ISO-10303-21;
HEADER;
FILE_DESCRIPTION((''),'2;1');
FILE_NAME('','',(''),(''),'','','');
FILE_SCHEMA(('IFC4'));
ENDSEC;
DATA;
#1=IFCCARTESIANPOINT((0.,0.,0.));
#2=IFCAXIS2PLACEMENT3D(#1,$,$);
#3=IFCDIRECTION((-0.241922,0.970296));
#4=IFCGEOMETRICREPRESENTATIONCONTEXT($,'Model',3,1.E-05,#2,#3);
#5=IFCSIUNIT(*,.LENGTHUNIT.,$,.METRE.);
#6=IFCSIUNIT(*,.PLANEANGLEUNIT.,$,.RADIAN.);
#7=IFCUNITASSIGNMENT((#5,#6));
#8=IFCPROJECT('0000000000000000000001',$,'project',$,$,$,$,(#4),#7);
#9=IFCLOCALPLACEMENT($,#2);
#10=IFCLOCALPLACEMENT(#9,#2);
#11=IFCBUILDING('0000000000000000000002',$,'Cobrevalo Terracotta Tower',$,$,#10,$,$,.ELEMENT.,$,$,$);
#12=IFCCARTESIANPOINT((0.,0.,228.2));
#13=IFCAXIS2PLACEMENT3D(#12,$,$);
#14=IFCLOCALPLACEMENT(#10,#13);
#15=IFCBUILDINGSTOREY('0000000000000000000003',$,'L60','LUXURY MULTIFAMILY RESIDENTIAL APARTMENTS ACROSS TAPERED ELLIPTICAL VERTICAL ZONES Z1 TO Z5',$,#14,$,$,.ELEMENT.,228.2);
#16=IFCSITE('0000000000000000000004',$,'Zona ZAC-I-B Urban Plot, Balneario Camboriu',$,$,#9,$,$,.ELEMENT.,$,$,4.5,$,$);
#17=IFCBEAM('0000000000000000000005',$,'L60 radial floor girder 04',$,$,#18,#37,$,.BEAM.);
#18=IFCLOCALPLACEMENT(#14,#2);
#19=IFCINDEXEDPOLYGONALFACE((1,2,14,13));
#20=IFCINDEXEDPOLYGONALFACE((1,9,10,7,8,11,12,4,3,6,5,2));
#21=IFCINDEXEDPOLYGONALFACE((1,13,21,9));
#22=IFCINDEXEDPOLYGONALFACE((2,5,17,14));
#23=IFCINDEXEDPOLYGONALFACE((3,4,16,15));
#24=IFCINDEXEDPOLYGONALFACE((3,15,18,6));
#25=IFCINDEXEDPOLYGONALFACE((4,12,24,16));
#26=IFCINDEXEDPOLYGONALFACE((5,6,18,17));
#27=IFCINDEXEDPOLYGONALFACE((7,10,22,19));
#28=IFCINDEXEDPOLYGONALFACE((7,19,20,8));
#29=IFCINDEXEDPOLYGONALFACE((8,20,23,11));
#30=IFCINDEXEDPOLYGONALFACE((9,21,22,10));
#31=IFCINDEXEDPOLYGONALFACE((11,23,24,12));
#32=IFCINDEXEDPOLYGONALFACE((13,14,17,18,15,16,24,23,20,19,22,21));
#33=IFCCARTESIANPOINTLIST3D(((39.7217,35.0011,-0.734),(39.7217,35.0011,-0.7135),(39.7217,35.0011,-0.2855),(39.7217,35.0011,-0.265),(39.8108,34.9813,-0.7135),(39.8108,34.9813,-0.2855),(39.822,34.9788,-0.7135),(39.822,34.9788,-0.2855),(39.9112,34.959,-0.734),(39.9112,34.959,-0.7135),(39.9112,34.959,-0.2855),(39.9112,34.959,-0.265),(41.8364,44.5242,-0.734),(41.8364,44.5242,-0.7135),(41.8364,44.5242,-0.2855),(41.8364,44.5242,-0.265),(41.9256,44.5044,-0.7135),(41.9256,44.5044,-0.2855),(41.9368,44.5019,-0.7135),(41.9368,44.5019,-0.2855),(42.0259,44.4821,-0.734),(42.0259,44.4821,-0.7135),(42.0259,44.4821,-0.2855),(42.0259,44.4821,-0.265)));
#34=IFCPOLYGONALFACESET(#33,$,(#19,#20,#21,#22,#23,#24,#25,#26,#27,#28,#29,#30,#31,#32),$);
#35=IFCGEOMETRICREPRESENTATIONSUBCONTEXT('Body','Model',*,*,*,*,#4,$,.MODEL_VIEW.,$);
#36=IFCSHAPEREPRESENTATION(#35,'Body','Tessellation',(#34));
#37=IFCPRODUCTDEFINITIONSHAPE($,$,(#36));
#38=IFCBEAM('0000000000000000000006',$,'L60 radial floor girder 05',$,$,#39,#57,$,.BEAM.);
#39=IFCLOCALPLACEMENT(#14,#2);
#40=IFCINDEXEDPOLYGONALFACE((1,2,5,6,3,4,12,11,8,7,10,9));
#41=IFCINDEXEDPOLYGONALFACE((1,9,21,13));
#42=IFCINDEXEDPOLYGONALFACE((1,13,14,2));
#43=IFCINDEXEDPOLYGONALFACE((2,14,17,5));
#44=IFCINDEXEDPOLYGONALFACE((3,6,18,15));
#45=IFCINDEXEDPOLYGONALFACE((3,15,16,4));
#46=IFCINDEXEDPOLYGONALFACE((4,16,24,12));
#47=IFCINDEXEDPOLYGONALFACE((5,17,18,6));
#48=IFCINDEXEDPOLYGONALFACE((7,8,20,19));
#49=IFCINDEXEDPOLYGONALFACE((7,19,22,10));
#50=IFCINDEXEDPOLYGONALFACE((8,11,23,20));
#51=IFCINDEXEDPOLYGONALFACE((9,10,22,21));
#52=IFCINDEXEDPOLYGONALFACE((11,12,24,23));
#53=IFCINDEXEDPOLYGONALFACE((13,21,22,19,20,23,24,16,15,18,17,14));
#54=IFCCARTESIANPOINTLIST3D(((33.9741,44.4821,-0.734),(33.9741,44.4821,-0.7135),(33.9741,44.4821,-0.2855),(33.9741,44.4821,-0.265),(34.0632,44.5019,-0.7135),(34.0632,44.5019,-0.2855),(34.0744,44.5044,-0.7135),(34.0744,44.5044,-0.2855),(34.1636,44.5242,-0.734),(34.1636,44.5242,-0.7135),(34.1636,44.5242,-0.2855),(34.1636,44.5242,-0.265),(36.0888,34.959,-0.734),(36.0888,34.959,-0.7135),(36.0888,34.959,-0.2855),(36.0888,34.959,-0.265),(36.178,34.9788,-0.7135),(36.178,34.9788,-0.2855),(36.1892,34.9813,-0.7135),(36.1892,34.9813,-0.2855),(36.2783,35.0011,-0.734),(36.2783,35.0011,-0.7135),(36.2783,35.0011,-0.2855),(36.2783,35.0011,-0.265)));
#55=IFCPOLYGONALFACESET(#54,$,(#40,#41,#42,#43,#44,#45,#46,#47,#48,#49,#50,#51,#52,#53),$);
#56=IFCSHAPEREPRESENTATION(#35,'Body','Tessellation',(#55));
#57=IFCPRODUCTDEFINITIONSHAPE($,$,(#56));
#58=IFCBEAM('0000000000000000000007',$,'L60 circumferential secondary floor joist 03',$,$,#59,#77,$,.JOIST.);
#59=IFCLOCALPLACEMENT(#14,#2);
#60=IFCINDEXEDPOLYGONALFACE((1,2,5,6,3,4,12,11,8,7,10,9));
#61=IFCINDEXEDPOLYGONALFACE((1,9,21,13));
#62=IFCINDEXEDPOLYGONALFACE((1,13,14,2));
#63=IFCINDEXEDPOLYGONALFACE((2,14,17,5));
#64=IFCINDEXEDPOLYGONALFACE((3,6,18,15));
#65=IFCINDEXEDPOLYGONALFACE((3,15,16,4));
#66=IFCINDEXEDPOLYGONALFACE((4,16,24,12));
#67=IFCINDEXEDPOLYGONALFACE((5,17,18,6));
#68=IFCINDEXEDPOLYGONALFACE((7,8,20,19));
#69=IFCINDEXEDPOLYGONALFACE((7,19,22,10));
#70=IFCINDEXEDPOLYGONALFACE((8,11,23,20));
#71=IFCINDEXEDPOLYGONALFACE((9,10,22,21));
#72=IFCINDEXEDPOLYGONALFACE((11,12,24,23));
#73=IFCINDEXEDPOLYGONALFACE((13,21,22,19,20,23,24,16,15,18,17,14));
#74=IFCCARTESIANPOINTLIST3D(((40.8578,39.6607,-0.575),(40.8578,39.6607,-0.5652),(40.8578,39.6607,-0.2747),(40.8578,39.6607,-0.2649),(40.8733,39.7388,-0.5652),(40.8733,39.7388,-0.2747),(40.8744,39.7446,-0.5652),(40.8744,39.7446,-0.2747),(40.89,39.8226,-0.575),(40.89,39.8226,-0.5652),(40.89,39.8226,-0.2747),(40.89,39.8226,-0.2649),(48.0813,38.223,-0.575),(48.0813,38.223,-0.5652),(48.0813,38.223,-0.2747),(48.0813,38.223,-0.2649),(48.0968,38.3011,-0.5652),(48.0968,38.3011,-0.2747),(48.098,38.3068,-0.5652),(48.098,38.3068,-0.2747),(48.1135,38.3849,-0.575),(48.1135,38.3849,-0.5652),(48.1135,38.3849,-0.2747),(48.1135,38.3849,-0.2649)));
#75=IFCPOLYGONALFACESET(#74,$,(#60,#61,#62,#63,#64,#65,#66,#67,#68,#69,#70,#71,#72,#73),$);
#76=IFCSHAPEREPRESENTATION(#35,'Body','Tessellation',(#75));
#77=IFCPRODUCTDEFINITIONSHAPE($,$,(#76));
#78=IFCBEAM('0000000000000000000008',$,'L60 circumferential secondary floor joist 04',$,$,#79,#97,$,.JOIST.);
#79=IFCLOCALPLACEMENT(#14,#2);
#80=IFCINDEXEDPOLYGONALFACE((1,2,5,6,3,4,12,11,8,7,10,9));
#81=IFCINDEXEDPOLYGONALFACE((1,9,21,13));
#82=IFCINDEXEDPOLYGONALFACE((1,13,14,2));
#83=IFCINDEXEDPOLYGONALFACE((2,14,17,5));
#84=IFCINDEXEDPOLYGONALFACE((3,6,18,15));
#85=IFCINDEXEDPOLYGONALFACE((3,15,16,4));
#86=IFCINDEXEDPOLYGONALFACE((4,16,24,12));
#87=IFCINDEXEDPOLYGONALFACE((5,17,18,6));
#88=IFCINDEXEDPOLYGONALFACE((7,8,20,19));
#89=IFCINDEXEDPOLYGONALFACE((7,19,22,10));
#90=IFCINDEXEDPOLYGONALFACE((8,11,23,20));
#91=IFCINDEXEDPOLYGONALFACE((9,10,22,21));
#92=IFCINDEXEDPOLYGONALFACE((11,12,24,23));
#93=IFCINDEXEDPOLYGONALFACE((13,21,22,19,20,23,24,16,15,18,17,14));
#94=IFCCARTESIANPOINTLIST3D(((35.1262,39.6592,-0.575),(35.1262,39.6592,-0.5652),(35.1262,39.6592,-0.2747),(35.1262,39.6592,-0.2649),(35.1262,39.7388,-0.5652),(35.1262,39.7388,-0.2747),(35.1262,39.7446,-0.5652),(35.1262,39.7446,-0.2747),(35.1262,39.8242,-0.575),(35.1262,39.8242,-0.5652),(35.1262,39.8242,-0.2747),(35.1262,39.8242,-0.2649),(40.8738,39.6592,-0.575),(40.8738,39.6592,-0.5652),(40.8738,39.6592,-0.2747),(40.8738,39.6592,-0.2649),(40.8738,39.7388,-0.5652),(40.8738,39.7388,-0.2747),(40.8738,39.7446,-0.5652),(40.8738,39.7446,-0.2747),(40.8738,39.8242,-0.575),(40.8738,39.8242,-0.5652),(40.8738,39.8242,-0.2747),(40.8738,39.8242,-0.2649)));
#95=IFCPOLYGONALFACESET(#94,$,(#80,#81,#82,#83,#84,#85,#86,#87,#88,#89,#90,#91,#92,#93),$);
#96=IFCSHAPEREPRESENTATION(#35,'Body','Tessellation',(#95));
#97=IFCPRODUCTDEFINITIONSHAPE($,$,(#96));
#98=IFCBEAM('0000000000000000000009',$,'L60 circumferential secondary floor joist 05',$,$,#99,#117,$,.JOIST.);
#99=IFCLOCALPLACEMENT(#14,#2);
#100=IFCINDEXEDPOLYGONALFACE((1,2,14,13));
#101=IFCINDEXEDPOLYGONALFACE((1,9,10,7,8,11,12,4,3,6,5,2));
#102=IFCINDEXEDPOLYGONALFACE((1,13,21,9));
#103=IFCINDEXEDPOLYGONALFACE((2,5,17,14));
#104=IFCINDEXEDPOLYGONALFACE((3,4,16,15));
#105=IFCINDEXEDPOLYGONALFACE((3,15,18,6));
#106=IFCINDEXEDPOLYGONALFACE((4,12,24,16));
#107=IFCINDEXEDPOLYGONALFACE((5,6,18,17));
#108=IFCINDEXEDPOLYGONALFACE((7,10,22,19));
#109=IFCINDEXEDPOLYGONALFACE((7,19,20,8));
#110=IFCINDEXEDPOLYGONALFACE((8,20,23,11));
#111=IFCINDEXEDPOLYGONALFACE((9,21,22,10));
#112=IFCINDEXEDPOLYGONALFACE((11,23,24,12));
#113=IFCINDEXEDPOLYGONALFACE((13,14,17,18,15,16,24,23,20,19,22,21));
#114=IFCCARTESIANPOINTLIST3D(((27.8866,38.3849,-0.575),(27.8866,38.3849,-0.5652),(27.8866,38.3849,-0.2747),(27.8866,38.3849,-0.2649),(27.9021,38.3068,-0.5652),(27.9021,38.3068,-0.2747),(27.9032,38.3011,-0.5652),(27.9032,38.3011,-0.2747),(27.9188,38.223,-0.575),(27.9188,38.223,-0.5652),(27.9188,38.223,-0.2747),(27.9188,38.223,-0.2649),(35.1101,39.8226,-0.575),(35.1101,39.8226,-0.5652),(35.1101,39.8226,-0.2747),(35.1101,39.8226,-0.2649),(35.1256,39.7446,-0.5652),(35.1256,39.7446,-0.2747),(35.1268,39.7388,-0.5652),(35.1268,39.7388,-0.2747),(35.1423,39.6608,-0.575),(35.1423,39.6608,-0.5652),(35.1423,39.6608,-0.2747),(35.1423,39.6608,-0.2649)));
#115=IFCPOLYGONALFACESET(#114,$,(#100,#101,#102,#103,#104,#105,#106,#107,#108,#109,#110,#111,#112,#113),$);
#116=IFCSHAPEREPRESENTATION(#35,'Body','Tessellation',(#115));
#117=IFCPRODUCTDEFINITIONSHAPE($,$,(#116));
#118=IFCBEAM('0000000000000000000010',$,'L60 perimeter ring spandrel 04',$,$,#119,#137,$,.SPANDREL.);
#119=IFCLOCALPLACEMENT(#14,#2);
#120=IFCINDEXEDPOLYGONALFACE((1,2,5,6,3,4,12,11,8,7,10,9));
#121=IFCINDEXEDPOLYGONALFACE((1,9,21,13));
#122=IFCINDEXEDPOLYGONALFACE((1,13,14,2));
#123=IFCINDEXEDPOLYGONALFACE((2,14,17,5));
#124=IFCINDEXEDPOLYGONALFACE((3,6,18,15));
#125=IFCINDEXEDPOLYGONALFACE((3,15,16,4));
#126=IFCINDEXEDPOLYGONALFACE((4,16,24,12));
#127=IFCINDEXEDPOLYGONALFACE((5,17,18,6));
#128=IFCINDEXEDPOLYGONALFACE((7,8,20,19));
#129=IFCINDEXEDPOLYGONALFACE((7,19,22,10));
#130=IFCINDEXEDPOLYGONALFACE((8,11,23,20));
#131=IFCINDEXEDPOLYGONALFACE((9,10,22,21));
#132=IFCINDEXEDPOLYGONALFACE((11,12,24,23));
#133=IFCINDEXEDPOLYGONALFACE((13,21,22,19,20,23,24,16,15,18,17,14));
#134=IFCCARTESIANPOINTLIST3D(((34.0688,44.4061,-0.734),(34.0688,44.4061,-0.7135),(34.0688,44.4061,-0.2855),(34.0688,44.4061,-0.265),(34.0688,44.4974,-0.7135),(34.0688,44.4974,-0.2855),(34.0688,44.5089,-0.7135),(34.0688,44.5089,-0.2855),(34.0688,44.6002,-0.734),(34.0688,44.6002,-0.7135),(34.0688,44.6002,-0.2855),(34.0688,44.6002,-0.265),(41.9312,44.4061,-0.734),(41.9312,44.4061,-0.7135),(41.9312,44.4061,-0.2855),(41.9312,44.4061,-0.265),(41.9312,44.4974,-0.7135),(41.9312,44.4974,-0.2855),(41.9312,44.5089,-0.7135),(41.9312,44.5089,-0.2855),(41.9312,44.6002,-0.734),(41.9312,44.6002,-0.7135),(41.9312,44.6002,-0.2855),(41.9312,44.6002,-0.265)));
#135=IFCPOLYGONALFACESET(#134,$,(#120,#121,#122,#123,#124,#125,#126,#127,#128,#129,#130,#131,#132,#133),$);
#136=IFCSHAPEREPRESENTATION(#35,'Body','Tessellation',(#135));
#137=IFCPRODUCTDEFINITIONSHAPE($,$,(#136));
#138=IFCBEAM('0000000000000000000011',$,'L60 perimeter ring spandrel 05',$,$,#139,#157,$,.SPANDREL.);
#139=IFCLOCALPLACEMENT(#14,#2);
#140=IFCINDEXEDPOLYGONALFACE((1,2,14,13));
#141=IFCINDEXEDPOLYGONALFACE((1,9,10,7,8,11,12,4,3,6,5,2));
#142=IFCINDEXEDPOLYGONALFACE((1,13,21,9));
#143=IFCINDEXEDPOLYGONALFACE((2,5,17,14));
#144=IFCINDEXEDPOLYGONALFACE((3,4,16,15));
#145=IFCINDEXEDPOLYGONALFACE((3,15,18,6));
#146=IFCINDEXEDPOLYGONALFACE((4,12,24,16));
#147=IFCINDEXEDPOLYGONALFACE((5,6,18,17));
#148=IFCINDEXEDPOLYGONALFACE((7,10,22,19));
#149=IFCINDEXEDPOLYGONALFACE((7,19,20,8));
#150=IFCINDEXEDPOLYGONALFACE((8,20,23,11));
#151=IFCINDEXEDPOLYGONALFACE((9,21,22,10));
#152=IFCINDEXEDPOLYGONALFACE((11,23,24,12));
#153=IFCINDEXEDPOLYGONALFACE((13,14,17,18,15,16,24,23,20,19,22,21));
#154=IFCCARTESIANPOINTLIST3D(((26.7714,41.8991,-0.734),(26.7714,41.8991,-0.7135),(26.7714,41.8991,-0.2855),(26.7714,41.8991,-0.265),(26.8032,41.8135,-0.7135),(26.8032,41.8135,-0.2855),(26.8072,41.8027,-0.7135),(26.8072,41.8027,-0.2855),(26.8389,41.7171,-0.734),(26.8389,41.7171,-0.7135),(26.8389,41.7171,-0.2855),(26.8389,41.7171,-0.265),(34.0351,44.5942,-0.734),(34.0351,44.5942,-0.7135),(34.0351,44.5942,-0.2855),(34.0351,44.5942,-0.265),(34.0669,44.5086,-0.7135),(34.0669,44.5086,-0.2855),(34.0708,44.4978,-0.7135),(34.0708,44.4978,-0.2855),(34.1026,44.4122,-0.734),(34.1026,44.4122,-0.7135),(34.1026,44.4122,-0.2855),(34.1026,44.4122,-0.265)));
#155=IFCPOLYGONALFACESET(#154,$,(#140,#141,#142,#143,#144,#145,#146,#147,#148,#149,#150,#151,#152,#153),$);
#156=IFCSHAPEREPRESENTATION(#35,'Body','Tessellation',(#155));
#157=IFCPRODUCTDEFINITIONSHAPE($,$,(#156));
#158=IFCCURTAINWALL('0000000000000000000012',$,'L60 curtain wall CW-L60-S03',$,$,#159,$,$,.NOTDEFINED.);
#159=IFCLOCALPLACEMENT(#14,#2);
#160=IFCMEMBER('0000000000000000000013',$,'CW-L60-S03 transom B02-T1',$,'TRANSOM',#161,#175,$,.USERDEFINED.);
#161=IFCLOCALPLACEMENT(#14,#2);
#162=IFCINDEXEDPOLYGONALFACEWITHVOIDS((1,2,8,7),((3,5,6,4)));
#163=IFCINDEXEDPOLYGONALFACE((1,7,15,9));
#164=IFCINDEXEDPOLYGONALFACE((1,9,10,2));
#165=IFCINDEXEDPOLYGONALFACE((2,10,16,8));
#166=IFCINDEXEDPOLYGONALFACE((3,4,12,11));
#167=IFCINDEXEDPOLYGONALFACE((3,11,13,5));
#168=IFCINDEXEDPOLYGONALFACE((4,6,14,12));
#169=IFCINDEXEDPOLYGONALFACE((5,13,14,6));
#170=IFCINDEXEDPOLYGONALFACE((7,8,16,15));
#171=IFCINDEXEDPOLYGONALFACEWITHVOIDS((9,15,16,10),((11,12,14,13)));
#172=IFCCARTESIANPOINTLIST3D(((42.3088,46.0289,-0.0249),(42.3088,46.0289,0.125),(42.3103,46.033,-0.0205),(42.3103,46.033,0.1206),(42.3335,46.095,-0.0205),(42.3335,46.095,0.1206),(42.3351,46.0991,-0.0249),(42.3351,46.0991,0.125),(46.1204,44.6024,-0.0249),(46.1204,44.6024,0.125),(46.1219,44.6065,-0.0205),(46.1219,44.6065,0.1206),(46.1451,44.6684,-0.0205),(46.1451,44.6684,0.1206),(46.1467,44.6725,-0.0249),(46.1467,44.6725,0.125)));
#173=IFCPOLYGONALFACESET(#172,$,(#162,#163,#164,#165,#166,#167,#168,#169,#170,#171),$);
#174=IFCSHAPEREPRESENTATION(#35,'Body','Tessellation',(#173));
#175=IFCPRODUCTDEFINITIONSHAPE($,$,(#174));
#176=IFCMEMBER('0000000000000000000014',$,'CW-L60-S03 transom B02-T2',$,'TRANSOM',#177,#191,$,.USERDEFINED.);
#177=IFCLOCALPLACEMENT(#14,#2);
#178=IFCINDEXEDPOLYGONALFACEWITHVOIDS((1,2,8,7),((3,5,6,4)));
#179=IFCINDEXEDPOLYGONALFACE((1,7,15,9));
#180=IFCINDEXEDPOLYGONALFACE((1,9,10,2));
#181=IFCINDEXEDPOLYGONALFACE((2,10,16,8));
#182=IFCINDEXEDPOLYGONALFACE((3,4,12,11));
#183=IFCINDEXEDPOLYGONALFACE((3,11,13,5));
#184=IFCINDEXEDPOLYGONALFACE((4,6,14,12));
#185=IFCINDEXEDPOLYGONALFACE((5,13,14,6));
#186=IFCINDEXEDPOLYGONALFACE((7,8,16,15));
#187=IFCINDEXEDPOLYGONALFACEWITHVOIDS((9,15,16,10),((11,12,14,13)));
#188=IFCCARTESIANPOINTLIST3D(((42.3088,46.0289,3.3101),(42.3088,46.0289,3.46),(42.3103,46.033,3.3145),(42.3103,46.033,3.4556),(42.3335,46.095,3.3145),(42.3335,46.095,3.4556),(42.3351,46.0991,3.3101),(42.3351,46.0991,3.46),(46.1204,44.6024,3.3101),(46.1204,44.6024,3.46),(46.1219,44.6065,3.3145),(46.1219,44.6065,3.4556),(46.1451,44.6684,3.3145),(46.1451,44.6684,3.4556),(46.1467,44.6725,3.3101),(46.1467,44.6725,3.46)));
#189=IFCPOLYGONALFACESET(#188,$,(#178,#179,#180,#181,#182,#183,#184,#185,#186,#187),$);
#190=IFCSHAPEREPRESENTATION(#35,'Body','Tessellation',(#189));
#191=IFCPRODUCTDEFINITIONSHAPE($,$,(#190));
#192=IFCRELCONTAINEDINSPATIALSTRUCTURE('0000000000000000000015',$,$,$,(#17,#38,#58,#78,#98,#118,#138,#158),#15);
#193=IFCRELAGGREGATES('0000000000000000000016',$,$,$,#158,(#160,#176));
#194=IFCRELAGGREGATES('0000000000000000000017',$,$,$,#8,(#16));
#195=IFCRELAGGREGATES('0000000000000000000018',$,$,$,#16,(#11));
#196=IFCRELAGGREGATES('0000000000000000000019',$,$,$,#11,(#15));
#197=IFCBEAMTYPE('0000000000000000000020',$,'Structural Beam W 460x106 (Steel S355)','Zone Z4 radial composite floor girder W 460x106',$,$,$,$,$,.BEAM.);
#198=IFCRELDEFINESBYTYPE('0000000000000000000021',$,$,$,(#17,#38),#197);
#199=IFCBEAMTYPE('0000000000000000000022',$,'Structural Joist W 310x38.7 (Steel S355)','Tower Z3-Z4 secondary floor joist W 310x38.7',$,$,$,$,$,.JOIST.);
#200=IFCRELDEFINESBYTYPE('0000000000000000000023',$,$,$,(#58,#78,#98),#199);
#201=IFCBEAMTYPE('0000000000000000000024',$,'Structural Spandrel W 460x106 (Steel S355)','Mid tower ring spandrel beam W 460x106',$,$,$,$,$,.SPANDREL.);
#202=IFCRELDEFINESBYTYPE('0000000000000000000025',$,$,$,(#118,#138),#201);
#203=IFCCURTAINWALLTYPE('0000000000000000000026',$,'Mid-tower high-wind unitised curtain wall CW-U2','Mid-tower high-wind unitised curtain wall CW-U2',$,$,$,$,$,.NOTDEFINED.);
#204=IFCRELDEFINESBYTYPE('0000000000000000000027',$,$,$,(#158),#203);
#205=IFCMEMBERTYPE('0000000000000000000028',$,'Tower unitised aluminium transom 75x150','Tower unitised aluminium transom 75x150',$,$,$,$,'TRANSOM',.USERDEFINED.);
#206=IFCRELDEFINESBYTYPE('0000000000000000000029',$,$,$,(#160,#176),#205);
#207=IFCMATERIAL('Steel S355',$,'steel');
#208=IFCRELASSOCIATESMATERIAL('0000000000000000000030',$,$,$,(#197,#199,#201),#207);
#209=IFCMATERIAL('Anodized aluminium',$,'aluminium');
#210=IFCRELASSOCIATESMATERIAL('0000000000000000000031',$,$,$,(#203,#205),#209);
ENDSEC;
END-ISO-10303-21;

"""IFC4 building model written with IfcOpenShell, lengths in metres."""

from ifc_helpers import new_model, si_unit, direction, frame, origin, origin_2d, place, context, subcontext, project, spatial, hollow_rectangle, i_section, extrude, source, transform, mapped, material, material_profile, profile_set, type_object, element, aggregate, save


model = new_model("IFC4")

# Units and contexts
model_context = context("Model", 3, precision=1e-05, world=origin(), true_north=direction((-0.241922, 0.970296)))
body_context = subcontext(model_context, "Body", "Model", "MODEL_VIEW")
ifc_project = project(units=[si_unit("LENGTHUNIT", "METRE"), si_unit("PLANEANGLEUNIT", "RADIAN")], contexts=[model_context])

# Site, building, storey
site_placement = place(None, origin())
site = spatial("IfcSite", under=ifc_project, at=site_placement, Name="Zona ZAC-I-B Urban Plot, Balneario Camboriu", CompositionType="ELEMENT", RefElevation=4.5)
building_placement = place(site_placement, origin())
building = spatial("IfcBuilding", under=site, at=building_placement, Name="Cobrevalo Terracotta Tower", CompositionType="ELEMENT")
storey_placement = place(building_placement, frame((0.0, 0.0, 228.2)))
storey = spatial("IfcBuildingStorey", under=building, at=storey_placement, Name="L60", Description="LUXURY MULTIFAMILY RESIDENTIAL APARTMENTS ACROSS TAPERED ELLIPTICAL VERTICAL ZONES Z1 TO Z5", CompositionType="ELEMENT", Elevation=228.2)

# Shared definitions
ifc_material_1 = material(Name="Steel S355", Category="steel")

# Beams
ifc_material_profile_1 = material_profile(ifc_material_1, i_section(OverallWidth=0.1941, OverallDepth=0.469, WebThickness=0.0115, FlangeThickness=0.0205, at=origin_2d()), Name="W 460x106")
ifc_profile_set_1 = profile_set([ifc_material_profile_1], Name="Steel S355")
beam_type_1 = type_object("IfcBeamType", Name="Structural Beam W 460x106 (Steel S355)", Description="Zone Z4 radial composite floor girder W 460x106", PredefinedType="BEAM", material=ifc_profile_set_1)
for number, where, z_axis, x_axis, name in (
    (1, (41.9312, 44.5032, -0.4995), (-0.216782, -0.97622, 0.0), (0.97622, -0.216782, 0.0), "L60 radial floor girder 04"),
    (2, (34.0688, 44.5032, -0.4995), (0.216782, -0.97622, 0.0), (0.97622, 0.216782, 0.0), "L60 radial floor girder 05"),
):
    element("IfcBeam", number, at=place(storey_placement, frame(where, z_axis=z_axis, x_axis=x_axis)), inside=storey, type_object=beam_type_1, Name=name, PredefinedType="BEAM", context=body_context, shape_type="SweptSolid", body=[
        extrude(i_section(OverallWidth=0.1941, OverallDepth=0.469, WebThickness=0.0115, FlangeThickness=0.0205, at=origin_2d()), origin(), (0.0, 0.0, 1.0), 9.7551),
    ])
ifc_material_profile_2 = material_profile(ifc_material_1, i_section(OverallWidth=0.165, OverallDepth=0.3101, WebThickness=0.0059, FlangeThickness=0.0098, at=origin_2d()), Name="W 310x38.7")
ifc_profile_set_2 = profile_set([ifc_material_profile_2], Name="Steel S355")
beam_type_2 = type_object("IfcBeamType", Name="Structural Joist W 310x38.7 (Steel S355)", Description="Tower Z3-Z4 secondary floor joist W 310x38.7", PredefinedType="JOIST", material=ifc_profile_set_2)
beam_1_placement = place(storey_placement, frame((48.0974, 38.304, -0.4199), z_axis=(-0.980763, 0.195204, 0.0), x_axis=(-0.195204, -0.980763, 0.0)))
element("IfcBeam", 3, at=beam_1_placement, inside=storey, type_object=beam_type_2, Name="L60 circumferential secondary floor joist 03", PredefinedType="JOIST", context=body_context, shape_type="SweptSolid", body=[
    extrude(i_section(OverallWidth=0.165, OverallDepth=0.3101, WebThickness=0.0059, FlangeThickness=0.0098, at=origin_2d()), origin(), (0.0, 0.0, 1.0), 7.3652),
])
beam_2_placement = place(storey_placement, frame((40.8738, 39.7417, -0.4199), z_axis=(-1.0, 0.0, 0.0), x_axis=(0.0, -1.0, 0.0)))
element("IfcBeam", 4, at=beam_2_placement, inside=storey, type_object=beam_type_2, Name="L60 circumferential secondary floor joist 04", PredefinedType="JOIST", context=body_context, shape_type="SweptSolid", body=[
    extrude(i_section(OverallWidth=0.165, OverallDepth=0.3101, WebThickness=0.0059, FlangeThickness=0.0098, at=origin_2d()), origin(), (0.0, 0.0, 1.0), 5.7476),
])
beam_3_placement = place(storey_placement, frame((35.1262, 39.7417, -0.4199), z_axis=(-0.980763, -0.195204, 0.0), x_axis=(0.195204, -0.980763, 0.0)))
element("IfcBeam", 5, at=beam_3_placement, inside=storey, type_object=beam_type_2, Name="L60 circumferential secondary floor joist 05", PredefinedType="JOIST", context=body_context, shape_type="SweptSolid", body=[
    extrude(i_section(OverallWidth=0.165, OverallDepth=0.3101, WebThickness=0.0059, FlangeThickness=0.0098, at=origin_2d()), origin(), (0.0, 0.0, 1.0), 7.3652),
])
ifc_material_profile_3 = material_profile(ifc_material_1, i_section(OverallWidth=0.1941, OverallDepth=0.469, WebThickness=0.0115, FlangeThickness=0.0205, at=origin_2d()), Name="W 460x106")
ifc_profile_set_3 = profile_set([ifc_material_profile_3], Name="Steel S355")
beam_type_3 = type_object("IfcBeamType", Name="Structural Spandrel W 460x106 (Steel S355)", Description="Mid tower ring spandrel beam W 460x106", PredefinedType="SPANDREL", material=ifc_profile_set_3)
beam_4_placement = place(storey_placement, frame((41.9312, 44.5032, -0.4995), z_axis=(-1.0, 0.0, 0.0), x_axis=(0.0, -1.0, 0.0)))
element("IfcBeam", 6, at=beam_4_placement, inside=storey, type_object=beam_type_3, Name="L60 perimeter ring spandrel 04", PredefinedType="SPANDREL", context=body_context, shape_type="SweptSolid", body=[
    extrude(i_section(OverallWidth=0.1941, OverallDepth=0.469, WebThickness=0.0115, FlangeThickness=0.0205, at=origin_2d()), origin(), (0.0, 0.0, 1.0), 7.8623),
])
beam_5_placement = place(storey_placement, frame((34.0688, 44.5032, -0.4995), z_axis=(-0.937546, -0.347861, 0.0), x_axis=(0.347861, -0.937546, 0.0)))
element("IfcBeam", 7, at=beam_5_placement, inside=storey, type_object=beam_type_3, Name="L60 perimeter ring spandrel 05", PredefinedType="SPANDREL", context=body_context, shape_type="SweptSolid", body=[
    extrude(i_section(OverallWidth=0.1941, OverallDepth=0.469, WebThickness=0.0115, FlangeThickness=0.0205, at=origin_2d()), origin(), (0.0, 0.0, 1.0), 7.7476),
])

# Curtain wall, members
ifc_material_2 = material(Name="Anodized aluminium", Category="aluminium")
curtain_wall_type = type_object("IfcCurtainWallType", Name="Mid-tower high-wind unitised curtain wall CW-U2", Description="Mid-tower high-wind unitised curtain wall CW-U2", PredefinedType="NOTDEFINED", material=ifc_material_2)
curtain_wall_placement = place(storey_placement, origin())
curtain_wall = element("IfcCurtainWall", 8, at=curtain_wall_placement, inside=storey, type_object=curtain_wall_type, Name="L60 curtain wall CW-L60-S03", PredefinedType="NOTDEFINED")
ifc_material_profile_4 = material_profile(ifc_material_2, hollow_rectangle(XDim=0.075, YDim=0.1499, WallThickness=0.0044, at=origin_2d()), Name="CWT 75x150")
ifc_profile_set_4 = profile_set([ifc_material_profile_4], Name="Anodized aluminium")
member_type_1 = type_object("IfcMemberType", Name="Tower unitised aluminium transom 75x150", Description="Tower unitised aluminium transom 75x150", ElementType="TRANSOM", PredefinedType="USERDEFINED", material=ifc_profile_set_4)
shared_shape_1 = source(origin(), body_context, "Body", "SweptSolid", [
    extrude(hollow_rectangle(XDim=0.075, YDim=0.1499, WallThickness=0.0044, at=origin_2d()), origin(), (0.0, 0.0, 1.0), 4.0698),
])
member_1_placement = place(storey_placement, frame((46.1335, 44.6375, 0.05), z_axis=(-0.936556, 0.350519, 0.0), x_axis=(-0.350519, -0.936556, 0.0)))
member_1 = element("IfcMember", 9, at=member_1_placement, type_object=member_type_1, Name="CW-L60-S03 transom B02-T1", ObjectType="TRANSOM", PredefinedType="USERDEFINED", context=body_context, shape_type="MappedRepresentation", body=[
    mapped(shared_shape_1, transform((0.0, 0.0, 0.0), scale=1.0)),
])
member_2_placement = place(storey_placement, frame((46.1335, 44.6375, 3.385), z_axis=(-0.936556, 0.350519, 0.0), x_axis=(-0.350519, -0.936556, 0.0)))
member_2 = element("IfcMember", 10, at=member_2_placement, type_object=member_type_1, Name="CW-L60-S03 transom B02-T2", ObjectType="TRANSOM", PredefinedType="USERDEFINED", context=body_context, shape_type="MappedRepresentation", body=[
    mapped(shared_shape_1, transform((0.0, 0.0, 0.0), scale=1.0)),
])
aggregate(curtain_wall, [member_1, member_2])

save(model, "model.ifc")
